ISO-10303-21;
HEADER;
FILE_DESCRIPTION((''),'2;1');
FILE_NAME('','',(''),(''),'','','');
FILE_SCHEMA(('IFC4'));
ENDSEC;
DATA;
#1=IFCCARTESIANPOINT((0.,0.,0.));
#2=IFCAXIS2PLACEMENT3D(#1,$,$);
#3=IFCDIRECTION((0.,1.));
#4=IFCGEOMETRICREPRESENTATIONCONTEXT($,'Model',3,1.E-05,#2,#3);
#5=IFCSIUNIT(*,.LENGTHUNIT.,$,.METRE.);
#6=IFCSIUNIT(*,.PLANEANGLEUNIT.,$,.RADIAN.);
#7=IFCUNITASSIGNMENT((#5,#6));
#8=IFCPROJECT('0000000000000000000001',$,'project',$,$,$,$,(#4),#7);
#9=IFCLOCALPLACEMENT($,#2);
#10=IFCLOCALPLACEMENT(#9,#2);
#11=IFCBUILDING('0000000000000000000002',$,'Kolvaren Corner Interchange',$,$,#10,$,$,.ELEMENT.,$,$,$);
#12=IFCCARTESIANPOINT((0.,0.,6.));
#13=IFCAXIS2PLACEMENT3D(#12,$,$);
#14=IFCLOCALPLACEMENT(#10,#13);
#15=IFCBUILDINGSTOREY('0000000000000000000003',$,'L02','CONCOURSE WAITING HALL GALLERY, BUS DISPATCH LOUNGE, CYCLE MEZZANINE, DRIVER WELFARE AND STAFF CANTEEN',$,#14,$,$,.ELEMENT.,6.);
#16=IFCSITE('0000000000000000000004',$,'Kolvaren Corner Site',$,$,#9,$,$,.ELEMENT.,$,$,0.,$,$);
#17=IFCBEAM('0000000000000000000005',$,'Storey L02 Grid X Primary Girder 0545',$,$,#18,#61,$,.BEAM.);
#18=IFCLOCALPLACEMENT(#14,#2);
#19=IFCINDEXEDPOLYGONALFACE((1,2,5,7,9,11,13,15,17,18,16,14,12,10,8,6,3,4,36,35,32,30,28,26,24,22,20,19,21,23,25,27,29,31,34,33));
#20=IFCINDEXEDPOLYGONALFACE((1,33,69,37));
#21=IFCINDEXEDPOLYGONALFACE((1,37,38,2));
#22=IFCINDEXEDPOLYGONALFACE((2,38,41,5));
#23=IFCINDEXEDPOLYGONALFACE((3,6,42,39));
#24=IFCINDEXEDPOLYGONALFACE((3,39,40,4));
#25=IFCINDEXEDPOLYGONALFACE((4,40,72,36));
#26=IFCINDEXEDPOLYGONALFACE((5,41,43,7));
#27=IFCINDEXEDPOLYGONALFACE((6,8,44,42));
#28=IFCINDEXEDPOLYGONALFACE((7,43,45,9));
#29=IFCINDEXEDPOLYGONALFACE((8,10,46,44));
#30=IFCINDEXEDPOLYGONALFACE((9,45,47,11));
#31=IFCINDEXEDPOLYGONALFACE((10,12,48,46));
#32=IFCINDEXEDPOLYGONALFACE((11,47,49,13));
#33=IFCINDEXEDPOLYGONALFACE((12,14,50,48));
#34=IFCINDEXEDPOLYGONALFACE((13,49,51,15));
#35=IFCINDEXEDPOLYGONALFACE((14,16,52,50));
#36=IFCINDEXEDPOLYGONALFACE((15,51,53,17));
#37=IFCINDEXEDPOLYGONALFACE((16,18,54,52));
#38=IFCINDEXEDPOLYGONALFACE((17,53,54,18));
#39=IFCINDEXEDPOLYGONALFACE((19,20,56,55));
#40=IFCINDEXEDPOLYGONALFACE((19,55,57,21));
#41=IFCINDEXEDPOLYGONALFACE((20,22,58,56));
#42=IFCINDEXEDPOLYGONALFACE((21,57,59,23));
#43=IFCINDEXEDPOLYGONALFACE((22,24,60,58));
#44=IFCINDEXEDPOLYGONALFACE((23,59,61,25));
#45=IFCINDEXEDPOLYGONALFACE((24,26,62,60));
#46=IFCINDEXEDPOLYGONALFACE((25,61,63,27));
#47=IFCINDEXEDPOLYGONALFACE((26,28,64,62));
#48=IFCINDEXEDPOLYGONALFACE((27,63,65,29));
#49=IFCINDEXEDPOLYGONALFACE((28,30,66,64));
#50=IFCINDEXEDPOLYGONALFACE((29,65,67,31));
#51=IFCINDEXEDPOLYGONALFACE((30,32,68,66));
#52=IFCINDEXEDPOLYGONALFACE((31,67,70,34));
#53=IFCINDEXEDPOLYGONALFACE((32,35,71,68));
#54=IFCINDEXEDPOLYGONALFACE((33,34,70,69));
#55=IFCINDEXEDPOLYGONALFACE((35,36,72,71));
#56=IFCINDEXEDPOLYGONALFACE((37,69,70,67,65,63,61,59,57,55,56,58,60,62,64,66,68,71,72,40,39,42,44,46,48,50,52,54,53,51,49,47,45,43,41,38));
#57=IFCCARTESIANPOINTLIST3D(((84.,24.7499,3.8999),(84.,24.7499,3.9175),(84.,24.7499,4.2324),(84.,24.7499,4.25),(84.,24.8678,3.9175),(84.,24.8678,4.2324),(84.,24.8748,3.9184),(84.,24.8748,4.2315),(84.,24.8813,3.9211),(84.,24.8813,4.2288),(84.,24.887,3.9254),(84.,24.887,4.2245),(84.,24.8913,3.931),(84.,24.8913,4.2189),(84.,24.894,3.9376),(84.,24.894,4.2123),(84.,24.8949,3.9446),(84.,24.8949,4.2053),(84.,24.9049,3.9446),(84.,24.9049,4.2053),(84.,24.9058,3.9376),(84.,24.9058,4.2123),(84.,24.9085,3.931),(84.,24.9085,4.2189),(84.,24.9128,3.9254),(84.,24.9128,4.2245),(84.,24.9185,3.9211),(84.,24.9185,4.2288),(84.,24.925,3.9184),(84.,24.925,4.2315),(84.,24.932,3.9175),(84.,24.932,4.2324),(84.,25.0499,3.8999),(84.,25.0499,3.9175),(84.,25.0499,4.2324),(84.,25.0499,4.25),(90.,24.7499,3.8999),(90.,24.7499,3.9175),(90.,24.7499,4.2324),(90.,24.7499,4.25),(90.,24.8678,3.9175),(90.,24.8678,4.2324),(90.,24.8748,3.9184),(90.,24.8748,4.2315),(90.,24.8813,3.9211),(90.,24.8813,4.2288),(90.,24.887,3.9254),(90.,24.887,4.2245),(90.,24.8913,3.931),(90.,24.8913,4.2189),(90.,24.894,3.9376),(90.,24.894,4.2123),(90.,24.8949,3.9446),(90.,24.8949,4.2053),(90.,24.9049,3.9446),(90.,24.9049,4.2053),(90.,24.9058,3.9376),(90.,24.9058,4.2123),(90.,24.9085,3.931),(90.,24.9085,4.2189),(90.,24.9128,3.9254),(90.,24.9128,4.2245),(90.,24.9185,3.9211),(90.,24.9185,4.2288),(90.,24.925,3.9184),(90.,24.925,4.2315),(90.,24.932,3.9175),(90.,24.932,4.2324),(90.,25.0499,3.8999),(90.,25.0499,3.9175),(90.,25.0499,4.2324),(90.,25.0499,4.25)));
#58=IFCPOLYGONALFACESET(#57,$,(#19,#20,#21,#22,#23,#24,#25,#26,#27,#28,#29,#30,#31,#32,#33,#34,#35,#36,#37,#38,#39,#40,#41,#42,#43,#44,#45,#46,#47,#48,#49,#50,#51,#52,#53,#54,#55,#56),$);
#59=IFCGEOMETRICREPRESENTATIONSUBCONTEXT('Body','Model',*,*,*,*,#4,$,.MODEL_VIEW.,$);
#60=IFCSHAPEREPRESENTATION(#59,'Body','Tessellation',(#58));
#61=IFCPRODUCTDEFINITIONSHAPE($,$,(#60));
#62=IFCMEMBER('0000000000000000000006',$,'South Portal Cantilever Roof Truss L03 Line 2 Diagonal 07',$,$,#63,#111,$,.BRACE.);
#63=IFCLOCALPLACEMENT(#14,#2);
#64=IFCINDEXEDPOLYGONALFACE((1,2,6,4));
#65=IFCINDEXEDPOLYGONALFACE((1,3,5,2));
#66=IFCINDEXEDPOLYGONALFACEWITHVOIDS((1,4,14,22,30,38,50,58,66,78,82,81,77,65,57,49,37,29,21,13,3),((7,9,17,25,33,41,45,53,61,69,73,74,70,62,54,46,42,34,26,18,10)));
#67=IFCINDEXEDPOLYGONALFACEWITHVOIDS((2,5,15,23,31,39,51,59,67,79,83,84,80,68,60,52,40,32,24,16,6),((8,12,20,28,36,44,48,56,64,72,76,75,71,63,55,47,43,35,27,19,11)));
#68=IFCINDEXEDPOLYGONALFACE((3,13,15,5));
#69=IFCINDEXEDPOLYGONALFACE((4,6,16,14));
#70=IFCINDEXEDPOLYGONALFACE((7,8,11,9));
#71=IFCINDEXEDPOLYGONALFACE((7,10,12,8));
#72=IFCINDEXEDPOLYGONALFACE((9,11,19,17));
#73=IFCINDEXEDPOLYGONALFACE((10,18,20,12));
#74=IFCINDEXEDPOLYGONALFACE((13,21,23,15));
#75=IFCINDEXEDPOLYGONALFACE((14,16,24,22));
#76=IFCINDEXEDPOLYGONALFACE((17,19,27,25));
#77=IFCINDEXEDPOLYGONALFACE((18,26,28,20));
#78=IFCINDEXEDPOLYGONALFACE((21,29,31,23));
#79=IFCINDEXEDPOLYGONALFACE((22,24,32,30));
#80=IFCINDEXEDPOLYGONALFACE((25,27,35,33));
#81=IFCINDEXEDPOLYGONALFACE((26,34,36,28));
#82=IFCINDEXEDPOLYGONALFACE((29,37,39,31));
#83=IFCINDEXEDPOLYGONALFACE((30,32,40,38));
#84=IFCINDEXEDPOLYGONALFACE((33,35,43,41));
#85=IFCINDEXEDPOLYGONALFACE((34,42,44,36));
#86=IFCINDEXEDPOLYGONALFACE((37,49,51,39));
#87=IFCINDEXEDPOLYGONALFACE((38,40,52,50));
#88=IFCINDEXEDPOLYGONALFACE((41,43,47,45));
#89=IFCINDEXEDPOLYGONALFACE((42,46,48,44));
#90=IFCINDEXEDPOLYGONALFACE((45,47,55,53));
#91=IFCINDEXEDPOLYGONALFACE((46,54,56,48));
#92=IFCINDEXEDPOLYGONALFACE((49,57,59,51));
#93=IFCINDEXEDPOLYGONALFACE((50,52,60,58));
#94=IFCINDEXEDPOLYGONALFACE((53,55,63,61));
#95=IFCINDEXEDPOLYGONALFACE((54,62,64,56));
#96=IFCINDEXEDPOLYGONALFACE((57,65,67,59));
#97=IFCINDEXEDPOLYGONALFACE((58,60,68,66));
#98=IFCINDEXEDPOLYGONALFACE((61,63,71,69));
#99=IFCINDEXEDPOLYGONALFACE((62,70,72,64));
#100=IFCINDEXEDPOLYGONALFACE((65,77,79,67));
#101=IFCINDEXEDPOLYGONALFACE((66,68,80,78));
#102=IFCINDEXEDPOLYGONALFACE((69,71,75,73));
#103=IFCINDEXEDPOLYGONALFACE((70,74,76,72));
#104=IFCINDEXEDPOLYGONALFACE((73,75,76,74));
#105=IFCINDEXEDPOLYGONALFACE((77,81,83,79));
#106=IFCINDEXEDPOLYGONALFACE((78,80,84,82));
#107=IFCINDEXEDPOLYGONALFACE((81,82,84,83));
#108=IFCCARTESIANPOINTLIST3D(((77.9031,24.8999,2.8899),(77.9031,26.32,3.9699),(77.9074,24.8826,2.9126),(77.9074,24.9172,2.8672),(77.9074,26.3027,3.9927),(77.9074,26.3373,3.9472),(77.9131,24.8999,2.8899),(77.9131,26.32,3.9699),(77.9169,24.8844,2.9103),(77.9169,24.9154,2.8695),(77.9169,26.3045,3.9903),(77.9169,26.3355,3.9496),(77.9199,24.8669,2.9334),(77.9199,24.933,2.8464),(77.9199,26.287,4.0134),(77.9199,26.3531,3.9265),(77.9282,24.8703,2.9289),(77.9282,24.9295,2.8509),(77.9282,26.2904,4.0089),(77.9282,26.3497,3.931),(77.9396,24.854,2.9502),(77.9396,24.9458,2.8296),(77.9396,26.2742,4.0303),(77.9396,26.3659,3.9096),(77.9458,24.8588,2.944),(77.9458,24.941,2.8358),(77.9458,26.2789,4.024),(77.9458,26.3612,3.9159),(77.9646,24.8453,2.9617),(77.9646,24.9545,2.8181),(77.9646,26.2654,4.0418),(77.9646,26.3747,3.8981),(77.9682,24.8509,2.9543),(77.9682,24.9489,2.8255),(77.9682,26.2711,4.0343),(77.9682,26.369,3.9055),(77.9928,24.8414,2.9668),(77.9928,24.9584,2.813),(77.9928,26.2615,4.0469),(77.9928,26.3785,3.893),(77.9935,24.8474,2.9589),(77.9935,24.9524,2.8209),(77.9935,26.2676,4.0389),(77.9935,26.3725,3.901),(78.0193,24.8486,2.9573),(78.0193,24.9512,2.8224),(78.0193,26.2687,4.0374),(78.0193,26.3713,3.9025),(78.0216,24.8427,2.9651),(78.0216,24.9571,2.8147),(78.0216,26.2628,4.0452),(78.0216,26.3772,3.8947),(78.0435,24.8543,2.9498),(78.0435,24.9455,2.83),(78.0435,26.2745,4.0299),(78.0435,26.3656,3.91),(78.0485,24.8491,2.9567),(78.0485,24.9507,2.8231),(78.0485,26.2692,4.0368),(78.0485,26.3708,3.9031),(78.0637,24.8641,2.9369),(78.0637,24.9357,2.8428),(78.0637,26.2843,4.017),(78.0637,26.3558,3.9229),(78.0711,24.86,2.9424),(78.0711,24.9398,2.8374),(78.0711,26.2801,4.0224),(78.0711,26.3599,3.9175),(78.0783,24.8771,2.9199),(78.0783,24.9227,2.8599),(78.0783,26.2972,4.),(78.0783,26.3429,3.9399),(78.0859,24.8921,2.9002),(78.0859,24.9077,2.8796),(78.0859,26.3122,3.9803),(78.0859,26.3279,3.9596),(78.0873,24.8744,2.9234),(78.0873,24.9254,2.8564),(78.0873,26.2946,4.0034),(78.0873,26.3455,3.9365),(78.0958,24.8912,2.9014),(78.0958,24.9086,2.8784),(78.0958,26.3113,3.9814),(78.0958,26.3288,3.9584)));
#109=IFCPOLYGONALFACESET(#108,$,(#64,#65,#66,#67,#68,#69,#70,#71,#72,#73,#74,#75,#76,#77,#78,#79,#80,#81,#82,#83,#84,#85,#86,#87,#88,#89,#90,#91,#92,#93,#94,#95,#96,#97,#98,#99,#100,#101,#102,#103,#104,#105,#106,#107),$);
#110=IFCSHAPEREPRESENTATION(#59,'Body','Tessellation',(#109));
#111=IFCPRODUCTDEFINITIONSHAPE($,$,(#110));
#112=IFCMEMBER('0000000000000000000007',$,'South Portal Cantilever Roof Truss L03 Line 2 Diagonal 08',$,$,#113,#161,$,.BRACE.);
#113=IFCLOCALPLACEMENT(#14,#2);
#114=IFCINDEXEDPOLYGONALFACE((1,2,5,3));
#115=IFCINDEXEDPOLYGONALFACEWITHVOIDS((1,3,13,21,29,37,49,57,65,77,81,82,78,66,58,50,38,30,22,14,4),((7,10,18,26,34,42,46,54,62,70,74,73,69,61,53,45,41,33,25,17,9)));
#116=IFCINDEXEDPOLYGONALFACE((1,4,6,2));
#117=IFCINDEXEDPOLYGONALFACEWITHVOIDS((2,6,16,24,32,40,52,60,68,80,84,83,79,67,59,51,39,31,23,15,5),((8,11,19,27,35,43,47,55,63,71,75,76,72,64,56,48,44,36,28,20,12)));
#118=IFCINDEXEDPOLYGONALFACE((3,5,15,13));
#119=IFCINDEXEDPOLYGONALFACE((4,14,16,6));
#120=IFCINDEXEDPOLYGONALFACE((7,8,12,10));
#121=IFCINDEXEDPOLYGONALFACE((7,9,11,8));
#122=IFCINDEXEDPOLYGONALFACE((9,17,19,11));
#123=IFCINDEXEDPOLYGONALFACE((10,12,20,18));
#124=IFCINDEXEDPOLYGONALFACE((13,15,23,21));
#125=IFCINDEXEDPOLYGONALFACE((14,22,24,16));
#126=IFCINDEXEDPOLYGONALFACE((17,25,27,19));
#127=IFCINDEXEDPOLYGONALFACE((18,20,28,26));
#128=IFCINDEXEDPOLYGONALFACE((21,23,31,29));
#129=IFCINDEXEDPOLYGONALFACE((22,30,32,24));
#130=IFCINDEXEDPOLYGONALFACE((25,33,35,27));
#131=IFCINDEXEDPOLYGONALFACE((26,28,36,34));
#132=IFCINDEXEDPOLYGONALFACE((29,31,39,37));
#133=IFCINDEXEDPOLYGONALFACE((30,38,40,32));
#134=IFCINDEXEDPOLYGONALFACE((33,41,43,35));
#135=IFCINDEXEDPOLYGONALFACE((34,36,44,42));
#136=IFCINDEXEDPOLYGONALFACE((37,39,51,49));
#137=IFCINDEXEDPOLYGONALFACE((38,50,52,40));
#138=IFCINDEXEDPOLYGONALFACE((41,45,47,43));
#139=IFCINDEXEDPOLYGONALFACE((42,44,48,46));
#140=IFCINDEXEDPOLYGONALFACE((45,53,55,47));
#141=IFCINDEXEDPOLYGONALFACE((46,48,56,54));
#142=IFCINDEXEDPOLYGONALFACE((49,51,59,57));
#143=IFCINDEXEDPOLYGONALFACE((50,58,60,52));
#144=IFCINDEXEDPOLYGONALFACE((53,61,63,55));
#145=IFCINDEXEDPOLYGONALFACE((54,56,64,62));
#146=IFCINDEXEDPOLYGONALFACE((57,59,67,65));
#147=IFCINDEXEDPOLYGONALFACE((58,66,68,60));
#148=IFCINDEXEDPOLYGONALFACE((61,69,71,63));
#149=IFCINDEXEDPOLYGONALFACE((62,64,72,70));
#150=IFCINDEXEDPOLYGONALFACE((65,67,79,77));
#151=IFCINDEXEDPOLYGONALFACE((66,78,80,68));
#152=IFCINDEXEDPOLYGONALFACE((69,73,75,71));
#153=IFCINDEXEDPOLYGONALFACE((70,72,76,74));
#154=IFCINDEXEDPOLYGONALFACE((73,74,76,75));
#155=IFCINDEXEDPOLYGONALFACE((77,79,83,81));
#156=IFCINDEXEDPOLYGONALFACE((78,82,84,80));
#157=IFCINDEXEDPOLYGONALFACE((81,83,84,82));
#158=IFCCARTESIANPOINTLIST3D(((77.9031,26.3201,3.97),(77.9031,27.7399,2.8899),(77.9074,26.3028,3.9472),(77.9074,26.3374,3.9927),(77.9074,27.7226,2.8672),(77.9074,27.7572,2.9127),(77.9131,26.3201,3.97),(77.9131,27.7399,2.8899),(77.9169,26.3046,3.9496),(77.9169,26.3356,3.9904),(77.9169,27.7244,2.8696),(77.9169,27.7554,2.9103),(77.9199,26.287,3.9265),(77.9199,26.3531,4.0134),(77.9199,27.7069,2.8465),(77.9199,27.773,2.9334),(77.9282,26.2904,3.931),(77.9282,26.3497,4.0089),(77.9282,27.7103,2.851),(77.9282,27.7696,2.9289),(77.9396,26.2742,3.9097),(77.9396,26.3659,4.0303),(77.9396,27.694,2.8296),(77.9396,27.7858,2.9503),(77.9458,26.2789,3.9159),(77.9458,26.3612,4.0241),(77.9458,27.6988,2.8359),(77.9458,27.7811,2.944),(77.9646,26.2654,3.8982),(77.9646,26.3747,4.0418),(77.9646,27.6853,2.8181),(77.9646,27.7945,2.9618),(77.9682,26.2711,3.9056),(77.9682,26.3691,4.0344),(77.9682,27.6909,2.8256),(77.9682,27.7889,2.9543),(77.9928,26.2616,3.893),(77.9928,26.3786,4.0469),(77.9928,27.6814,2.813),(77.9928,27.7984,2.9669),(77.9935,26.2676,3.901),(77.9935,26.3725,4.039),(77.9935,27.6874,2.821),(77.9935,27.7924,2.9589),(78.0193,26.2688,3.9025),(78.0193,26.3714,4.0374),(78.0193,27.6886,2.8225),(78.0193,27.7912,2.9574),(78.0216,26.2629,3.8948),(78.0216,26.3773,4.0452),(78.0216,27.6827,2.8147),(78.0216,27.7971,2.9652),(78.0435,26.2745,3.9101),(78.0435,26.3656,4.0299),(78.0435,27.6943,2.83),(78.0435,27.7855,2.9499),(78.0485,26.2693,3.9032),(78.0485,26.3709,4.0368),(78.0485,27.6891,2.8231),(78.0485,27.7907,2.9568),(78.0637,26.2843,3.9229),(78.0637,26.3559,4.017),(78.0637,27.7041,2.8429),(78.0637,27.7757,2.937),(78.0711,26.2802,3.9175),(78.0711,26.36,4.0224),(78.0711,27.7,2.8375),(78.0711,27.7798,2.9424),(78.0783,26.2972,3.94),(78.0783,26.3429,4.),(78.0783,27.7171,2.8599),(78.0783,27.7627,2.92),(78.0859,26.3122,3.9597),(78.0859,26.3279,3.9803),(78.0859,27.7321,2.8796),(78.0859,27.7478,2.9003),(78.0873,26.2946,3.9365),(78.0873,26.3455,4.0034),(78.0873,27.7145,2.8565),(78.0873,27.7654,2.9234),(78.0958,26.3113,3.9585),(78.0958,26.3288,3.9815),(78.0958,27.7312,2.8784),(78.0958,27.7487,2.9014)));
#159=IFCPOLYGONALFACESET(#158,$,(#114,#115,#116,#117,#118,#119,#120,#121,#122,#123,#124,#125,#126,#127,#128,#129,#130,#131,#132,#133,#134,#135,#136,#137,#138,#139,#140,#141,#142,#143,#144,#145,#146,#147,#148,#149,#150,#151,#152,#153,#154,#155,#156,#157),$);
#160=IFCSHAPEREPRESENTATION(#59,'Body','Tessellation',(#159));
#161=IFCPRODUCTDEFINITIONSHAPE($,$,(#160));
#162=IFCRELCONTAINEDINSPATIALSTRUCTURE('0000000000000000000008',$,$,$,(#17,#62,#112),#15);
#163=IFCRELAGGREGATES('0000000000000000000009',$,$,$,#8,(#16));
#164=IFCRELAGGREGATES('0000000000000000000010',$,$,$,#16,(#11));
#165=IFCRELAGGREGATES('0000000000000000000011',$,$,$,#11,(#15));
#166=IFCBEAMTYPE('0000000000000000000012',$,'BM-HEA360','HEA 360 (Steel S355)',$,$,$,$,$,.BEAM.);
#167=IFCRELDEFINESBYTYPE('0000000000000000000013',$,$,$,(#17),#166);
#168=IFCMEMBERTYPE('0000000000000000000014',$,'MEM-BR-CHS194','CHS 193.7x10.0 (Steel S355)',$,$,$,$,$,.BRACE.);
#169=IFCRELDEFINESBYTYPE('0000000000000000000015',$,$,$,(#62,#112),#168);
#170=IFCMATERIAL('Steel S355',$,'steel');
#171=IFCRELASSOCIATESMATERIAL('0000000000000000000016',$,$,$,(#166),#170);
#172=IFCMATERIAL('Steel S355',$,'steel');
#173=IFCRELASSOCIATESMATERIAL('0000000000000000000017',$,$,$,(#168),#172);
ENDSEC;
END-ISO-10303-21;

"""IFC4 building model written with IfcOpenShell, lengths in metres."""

from ifc_helpers import new_model, si_unit, direction, frame, origin, origin_2d, place, context, subcontext, project, spatial, hollow_circle, i_section, extrude, material, material_profile, profile_set, type_object, element, save


model = new_model("IFC4")

# Units and contexts
model_context = context("Model", 3, precision=1e-05, world=origin(), true_north=direction((0.0, 1.0)))
body_context = subcontext(model_context, "Body", "Model", "MODEL_VIEW")
ifc_project = project(units=[si_unit("LENGTHUNIT", "METRE"), si_unit("PLANEANGLEUNIT", "RADIAN")], contexts=[model_context])

# Site, building, storey
site_placement = place(None, origin())
site = spatial("IfcSite", under=ifc_project, at=site_placement, Name="Kolvaren Corner Site", CompositionType="ELEMENT", RefElevation=0.0)
building_placement = place(site_placement, origin())
building = spatial("IfcBuilding", under=site, at=building_placement, Name="Kolvaren Corner Interchange", CompositionType="ELEMENT")
storey_placement = place(building_placement, frame((0.0, 0.0, 6.0)))
storey = spatial("IfcBuildingStorey", under=building, at=storey_placement, Name="L02", Description="CONCOURSE WAITING HALL GALLERY, BUS DISPATCH LOUNGE, CYCLE MEZZANINE, DRIVER WELFARE AND STAFF CANTEEN", CompositionType="ELEMENT", Elevation=6.0)

# Beam
ifc_material_1 = material(Name="Steel S355", Category="steel")
ifc_material_profile_1 = material_profile(ifc_material_1, i_section(OverallWidth=0.3, OverallDepth=0.3501, WebThickness=0.01, FlangeThickness=0.0176, FilletRadius=0.0271, at=origin_2d()), Name="HEA 360")
ifc_profile_set_1 = profile_set([ifc_material_profile_1], Name="Steel S355")
beam_type = type_object("IfcBeamType", Name="BM-HEA360", Description="HEA 360 (Steel S355)", PredefinedType="BEAM", material=ifc_profile_set_1)
for number, where, z_axis, x_axis, name in (
    (1, (84.0, 24.8999, 4.075), (1.0, 0.0, 0.0), (0.0, 1.0, 0.0), "Storey L02 Grid X Primary Girder 0545"),
):
    element("IfcBeam", number, at=place(storey_placement, frame(where, z_axis=z_axis, x_axis=x_axis)), inside=storey, type_object=beam_type, Name=name, PredefinedType="BEAM", context=body_context, shape_type="SweptSolid", body=[
        extrude(i_section(OverallWidth=0.3, OverallDepth=0.3501, WebThickness=0.01, FlangeThickness=0.0176, FilletRadius=0.0271, at=origin_2d()), origin(), (0.0, 0.0, 1.0), 6.0),
    ])

# Members
ifc_material_2 = material(Name="Steel S355", Category="steel")
ifc_material_profile_2 = material_profile(ifc_material_2, hollow_circle(Radius=0.0969, WallThickness=0.01, at=origin_2d()), Name="CHS 193.7x10.0")
ifc_profile_set_2 = profile_set([ifc_material_profile_2], Name="Steel S355")
member_type_1 = type_object("IfcMemberType", Name="MEM-BR-CHS194", Description="CHS 193.7x10.0 (Steel S355)", PredefinedType="BRACE", material=ifc_profile_set_2)
member_1_placement = place(storey_placement, frame((78.0, 24.8999, 2.8899), z_axis=(0.0, 0.795959, 0.60535), x_axis=(-1.0, 0.0, 0.0)))
element("IfcMember", 2, at=member_1_placement, inside=storey, type_object=member_type_1, Name="South Portal Cantilever Roof Truss L03 Line 2 Diagonal 07", PredefinedType="BRACE", context=body_context, shape_type="SweptSolid", body=[
    extrude(hollow_circle(Radius=0.0969, WallThickness=0.01, at=origin_2d()), origin(), (0.0, 0.0, 1.0), 1.7842),
])
for number, where, z_axis, x_axis, name in (
    (3, (78.0, 26.3201, 3.97), (0.0, 0.795909, -0.605416), (-1.0, 0.0, 0.0), "South Portal Cantilever Roof Truss L03 Line 2 Diagonal 08"),
):
    element("IfcMember", number, at=place(storey_placement, frame(where, z_axis=z_axis, x_axis=x_axis)), inside=storey, type_object=member_type_1, Name=name, PredefinedType="BRACE", context=body_context, shape_type="SweptSolid", body=[
        extrude(hollow_circle(Radius=0.0969, WallThickness=0.01, at=origin_2d()), origin(), (0.0, 0.0, 1.0), 1.7839),
    ])

save(model, "model.ifc")
